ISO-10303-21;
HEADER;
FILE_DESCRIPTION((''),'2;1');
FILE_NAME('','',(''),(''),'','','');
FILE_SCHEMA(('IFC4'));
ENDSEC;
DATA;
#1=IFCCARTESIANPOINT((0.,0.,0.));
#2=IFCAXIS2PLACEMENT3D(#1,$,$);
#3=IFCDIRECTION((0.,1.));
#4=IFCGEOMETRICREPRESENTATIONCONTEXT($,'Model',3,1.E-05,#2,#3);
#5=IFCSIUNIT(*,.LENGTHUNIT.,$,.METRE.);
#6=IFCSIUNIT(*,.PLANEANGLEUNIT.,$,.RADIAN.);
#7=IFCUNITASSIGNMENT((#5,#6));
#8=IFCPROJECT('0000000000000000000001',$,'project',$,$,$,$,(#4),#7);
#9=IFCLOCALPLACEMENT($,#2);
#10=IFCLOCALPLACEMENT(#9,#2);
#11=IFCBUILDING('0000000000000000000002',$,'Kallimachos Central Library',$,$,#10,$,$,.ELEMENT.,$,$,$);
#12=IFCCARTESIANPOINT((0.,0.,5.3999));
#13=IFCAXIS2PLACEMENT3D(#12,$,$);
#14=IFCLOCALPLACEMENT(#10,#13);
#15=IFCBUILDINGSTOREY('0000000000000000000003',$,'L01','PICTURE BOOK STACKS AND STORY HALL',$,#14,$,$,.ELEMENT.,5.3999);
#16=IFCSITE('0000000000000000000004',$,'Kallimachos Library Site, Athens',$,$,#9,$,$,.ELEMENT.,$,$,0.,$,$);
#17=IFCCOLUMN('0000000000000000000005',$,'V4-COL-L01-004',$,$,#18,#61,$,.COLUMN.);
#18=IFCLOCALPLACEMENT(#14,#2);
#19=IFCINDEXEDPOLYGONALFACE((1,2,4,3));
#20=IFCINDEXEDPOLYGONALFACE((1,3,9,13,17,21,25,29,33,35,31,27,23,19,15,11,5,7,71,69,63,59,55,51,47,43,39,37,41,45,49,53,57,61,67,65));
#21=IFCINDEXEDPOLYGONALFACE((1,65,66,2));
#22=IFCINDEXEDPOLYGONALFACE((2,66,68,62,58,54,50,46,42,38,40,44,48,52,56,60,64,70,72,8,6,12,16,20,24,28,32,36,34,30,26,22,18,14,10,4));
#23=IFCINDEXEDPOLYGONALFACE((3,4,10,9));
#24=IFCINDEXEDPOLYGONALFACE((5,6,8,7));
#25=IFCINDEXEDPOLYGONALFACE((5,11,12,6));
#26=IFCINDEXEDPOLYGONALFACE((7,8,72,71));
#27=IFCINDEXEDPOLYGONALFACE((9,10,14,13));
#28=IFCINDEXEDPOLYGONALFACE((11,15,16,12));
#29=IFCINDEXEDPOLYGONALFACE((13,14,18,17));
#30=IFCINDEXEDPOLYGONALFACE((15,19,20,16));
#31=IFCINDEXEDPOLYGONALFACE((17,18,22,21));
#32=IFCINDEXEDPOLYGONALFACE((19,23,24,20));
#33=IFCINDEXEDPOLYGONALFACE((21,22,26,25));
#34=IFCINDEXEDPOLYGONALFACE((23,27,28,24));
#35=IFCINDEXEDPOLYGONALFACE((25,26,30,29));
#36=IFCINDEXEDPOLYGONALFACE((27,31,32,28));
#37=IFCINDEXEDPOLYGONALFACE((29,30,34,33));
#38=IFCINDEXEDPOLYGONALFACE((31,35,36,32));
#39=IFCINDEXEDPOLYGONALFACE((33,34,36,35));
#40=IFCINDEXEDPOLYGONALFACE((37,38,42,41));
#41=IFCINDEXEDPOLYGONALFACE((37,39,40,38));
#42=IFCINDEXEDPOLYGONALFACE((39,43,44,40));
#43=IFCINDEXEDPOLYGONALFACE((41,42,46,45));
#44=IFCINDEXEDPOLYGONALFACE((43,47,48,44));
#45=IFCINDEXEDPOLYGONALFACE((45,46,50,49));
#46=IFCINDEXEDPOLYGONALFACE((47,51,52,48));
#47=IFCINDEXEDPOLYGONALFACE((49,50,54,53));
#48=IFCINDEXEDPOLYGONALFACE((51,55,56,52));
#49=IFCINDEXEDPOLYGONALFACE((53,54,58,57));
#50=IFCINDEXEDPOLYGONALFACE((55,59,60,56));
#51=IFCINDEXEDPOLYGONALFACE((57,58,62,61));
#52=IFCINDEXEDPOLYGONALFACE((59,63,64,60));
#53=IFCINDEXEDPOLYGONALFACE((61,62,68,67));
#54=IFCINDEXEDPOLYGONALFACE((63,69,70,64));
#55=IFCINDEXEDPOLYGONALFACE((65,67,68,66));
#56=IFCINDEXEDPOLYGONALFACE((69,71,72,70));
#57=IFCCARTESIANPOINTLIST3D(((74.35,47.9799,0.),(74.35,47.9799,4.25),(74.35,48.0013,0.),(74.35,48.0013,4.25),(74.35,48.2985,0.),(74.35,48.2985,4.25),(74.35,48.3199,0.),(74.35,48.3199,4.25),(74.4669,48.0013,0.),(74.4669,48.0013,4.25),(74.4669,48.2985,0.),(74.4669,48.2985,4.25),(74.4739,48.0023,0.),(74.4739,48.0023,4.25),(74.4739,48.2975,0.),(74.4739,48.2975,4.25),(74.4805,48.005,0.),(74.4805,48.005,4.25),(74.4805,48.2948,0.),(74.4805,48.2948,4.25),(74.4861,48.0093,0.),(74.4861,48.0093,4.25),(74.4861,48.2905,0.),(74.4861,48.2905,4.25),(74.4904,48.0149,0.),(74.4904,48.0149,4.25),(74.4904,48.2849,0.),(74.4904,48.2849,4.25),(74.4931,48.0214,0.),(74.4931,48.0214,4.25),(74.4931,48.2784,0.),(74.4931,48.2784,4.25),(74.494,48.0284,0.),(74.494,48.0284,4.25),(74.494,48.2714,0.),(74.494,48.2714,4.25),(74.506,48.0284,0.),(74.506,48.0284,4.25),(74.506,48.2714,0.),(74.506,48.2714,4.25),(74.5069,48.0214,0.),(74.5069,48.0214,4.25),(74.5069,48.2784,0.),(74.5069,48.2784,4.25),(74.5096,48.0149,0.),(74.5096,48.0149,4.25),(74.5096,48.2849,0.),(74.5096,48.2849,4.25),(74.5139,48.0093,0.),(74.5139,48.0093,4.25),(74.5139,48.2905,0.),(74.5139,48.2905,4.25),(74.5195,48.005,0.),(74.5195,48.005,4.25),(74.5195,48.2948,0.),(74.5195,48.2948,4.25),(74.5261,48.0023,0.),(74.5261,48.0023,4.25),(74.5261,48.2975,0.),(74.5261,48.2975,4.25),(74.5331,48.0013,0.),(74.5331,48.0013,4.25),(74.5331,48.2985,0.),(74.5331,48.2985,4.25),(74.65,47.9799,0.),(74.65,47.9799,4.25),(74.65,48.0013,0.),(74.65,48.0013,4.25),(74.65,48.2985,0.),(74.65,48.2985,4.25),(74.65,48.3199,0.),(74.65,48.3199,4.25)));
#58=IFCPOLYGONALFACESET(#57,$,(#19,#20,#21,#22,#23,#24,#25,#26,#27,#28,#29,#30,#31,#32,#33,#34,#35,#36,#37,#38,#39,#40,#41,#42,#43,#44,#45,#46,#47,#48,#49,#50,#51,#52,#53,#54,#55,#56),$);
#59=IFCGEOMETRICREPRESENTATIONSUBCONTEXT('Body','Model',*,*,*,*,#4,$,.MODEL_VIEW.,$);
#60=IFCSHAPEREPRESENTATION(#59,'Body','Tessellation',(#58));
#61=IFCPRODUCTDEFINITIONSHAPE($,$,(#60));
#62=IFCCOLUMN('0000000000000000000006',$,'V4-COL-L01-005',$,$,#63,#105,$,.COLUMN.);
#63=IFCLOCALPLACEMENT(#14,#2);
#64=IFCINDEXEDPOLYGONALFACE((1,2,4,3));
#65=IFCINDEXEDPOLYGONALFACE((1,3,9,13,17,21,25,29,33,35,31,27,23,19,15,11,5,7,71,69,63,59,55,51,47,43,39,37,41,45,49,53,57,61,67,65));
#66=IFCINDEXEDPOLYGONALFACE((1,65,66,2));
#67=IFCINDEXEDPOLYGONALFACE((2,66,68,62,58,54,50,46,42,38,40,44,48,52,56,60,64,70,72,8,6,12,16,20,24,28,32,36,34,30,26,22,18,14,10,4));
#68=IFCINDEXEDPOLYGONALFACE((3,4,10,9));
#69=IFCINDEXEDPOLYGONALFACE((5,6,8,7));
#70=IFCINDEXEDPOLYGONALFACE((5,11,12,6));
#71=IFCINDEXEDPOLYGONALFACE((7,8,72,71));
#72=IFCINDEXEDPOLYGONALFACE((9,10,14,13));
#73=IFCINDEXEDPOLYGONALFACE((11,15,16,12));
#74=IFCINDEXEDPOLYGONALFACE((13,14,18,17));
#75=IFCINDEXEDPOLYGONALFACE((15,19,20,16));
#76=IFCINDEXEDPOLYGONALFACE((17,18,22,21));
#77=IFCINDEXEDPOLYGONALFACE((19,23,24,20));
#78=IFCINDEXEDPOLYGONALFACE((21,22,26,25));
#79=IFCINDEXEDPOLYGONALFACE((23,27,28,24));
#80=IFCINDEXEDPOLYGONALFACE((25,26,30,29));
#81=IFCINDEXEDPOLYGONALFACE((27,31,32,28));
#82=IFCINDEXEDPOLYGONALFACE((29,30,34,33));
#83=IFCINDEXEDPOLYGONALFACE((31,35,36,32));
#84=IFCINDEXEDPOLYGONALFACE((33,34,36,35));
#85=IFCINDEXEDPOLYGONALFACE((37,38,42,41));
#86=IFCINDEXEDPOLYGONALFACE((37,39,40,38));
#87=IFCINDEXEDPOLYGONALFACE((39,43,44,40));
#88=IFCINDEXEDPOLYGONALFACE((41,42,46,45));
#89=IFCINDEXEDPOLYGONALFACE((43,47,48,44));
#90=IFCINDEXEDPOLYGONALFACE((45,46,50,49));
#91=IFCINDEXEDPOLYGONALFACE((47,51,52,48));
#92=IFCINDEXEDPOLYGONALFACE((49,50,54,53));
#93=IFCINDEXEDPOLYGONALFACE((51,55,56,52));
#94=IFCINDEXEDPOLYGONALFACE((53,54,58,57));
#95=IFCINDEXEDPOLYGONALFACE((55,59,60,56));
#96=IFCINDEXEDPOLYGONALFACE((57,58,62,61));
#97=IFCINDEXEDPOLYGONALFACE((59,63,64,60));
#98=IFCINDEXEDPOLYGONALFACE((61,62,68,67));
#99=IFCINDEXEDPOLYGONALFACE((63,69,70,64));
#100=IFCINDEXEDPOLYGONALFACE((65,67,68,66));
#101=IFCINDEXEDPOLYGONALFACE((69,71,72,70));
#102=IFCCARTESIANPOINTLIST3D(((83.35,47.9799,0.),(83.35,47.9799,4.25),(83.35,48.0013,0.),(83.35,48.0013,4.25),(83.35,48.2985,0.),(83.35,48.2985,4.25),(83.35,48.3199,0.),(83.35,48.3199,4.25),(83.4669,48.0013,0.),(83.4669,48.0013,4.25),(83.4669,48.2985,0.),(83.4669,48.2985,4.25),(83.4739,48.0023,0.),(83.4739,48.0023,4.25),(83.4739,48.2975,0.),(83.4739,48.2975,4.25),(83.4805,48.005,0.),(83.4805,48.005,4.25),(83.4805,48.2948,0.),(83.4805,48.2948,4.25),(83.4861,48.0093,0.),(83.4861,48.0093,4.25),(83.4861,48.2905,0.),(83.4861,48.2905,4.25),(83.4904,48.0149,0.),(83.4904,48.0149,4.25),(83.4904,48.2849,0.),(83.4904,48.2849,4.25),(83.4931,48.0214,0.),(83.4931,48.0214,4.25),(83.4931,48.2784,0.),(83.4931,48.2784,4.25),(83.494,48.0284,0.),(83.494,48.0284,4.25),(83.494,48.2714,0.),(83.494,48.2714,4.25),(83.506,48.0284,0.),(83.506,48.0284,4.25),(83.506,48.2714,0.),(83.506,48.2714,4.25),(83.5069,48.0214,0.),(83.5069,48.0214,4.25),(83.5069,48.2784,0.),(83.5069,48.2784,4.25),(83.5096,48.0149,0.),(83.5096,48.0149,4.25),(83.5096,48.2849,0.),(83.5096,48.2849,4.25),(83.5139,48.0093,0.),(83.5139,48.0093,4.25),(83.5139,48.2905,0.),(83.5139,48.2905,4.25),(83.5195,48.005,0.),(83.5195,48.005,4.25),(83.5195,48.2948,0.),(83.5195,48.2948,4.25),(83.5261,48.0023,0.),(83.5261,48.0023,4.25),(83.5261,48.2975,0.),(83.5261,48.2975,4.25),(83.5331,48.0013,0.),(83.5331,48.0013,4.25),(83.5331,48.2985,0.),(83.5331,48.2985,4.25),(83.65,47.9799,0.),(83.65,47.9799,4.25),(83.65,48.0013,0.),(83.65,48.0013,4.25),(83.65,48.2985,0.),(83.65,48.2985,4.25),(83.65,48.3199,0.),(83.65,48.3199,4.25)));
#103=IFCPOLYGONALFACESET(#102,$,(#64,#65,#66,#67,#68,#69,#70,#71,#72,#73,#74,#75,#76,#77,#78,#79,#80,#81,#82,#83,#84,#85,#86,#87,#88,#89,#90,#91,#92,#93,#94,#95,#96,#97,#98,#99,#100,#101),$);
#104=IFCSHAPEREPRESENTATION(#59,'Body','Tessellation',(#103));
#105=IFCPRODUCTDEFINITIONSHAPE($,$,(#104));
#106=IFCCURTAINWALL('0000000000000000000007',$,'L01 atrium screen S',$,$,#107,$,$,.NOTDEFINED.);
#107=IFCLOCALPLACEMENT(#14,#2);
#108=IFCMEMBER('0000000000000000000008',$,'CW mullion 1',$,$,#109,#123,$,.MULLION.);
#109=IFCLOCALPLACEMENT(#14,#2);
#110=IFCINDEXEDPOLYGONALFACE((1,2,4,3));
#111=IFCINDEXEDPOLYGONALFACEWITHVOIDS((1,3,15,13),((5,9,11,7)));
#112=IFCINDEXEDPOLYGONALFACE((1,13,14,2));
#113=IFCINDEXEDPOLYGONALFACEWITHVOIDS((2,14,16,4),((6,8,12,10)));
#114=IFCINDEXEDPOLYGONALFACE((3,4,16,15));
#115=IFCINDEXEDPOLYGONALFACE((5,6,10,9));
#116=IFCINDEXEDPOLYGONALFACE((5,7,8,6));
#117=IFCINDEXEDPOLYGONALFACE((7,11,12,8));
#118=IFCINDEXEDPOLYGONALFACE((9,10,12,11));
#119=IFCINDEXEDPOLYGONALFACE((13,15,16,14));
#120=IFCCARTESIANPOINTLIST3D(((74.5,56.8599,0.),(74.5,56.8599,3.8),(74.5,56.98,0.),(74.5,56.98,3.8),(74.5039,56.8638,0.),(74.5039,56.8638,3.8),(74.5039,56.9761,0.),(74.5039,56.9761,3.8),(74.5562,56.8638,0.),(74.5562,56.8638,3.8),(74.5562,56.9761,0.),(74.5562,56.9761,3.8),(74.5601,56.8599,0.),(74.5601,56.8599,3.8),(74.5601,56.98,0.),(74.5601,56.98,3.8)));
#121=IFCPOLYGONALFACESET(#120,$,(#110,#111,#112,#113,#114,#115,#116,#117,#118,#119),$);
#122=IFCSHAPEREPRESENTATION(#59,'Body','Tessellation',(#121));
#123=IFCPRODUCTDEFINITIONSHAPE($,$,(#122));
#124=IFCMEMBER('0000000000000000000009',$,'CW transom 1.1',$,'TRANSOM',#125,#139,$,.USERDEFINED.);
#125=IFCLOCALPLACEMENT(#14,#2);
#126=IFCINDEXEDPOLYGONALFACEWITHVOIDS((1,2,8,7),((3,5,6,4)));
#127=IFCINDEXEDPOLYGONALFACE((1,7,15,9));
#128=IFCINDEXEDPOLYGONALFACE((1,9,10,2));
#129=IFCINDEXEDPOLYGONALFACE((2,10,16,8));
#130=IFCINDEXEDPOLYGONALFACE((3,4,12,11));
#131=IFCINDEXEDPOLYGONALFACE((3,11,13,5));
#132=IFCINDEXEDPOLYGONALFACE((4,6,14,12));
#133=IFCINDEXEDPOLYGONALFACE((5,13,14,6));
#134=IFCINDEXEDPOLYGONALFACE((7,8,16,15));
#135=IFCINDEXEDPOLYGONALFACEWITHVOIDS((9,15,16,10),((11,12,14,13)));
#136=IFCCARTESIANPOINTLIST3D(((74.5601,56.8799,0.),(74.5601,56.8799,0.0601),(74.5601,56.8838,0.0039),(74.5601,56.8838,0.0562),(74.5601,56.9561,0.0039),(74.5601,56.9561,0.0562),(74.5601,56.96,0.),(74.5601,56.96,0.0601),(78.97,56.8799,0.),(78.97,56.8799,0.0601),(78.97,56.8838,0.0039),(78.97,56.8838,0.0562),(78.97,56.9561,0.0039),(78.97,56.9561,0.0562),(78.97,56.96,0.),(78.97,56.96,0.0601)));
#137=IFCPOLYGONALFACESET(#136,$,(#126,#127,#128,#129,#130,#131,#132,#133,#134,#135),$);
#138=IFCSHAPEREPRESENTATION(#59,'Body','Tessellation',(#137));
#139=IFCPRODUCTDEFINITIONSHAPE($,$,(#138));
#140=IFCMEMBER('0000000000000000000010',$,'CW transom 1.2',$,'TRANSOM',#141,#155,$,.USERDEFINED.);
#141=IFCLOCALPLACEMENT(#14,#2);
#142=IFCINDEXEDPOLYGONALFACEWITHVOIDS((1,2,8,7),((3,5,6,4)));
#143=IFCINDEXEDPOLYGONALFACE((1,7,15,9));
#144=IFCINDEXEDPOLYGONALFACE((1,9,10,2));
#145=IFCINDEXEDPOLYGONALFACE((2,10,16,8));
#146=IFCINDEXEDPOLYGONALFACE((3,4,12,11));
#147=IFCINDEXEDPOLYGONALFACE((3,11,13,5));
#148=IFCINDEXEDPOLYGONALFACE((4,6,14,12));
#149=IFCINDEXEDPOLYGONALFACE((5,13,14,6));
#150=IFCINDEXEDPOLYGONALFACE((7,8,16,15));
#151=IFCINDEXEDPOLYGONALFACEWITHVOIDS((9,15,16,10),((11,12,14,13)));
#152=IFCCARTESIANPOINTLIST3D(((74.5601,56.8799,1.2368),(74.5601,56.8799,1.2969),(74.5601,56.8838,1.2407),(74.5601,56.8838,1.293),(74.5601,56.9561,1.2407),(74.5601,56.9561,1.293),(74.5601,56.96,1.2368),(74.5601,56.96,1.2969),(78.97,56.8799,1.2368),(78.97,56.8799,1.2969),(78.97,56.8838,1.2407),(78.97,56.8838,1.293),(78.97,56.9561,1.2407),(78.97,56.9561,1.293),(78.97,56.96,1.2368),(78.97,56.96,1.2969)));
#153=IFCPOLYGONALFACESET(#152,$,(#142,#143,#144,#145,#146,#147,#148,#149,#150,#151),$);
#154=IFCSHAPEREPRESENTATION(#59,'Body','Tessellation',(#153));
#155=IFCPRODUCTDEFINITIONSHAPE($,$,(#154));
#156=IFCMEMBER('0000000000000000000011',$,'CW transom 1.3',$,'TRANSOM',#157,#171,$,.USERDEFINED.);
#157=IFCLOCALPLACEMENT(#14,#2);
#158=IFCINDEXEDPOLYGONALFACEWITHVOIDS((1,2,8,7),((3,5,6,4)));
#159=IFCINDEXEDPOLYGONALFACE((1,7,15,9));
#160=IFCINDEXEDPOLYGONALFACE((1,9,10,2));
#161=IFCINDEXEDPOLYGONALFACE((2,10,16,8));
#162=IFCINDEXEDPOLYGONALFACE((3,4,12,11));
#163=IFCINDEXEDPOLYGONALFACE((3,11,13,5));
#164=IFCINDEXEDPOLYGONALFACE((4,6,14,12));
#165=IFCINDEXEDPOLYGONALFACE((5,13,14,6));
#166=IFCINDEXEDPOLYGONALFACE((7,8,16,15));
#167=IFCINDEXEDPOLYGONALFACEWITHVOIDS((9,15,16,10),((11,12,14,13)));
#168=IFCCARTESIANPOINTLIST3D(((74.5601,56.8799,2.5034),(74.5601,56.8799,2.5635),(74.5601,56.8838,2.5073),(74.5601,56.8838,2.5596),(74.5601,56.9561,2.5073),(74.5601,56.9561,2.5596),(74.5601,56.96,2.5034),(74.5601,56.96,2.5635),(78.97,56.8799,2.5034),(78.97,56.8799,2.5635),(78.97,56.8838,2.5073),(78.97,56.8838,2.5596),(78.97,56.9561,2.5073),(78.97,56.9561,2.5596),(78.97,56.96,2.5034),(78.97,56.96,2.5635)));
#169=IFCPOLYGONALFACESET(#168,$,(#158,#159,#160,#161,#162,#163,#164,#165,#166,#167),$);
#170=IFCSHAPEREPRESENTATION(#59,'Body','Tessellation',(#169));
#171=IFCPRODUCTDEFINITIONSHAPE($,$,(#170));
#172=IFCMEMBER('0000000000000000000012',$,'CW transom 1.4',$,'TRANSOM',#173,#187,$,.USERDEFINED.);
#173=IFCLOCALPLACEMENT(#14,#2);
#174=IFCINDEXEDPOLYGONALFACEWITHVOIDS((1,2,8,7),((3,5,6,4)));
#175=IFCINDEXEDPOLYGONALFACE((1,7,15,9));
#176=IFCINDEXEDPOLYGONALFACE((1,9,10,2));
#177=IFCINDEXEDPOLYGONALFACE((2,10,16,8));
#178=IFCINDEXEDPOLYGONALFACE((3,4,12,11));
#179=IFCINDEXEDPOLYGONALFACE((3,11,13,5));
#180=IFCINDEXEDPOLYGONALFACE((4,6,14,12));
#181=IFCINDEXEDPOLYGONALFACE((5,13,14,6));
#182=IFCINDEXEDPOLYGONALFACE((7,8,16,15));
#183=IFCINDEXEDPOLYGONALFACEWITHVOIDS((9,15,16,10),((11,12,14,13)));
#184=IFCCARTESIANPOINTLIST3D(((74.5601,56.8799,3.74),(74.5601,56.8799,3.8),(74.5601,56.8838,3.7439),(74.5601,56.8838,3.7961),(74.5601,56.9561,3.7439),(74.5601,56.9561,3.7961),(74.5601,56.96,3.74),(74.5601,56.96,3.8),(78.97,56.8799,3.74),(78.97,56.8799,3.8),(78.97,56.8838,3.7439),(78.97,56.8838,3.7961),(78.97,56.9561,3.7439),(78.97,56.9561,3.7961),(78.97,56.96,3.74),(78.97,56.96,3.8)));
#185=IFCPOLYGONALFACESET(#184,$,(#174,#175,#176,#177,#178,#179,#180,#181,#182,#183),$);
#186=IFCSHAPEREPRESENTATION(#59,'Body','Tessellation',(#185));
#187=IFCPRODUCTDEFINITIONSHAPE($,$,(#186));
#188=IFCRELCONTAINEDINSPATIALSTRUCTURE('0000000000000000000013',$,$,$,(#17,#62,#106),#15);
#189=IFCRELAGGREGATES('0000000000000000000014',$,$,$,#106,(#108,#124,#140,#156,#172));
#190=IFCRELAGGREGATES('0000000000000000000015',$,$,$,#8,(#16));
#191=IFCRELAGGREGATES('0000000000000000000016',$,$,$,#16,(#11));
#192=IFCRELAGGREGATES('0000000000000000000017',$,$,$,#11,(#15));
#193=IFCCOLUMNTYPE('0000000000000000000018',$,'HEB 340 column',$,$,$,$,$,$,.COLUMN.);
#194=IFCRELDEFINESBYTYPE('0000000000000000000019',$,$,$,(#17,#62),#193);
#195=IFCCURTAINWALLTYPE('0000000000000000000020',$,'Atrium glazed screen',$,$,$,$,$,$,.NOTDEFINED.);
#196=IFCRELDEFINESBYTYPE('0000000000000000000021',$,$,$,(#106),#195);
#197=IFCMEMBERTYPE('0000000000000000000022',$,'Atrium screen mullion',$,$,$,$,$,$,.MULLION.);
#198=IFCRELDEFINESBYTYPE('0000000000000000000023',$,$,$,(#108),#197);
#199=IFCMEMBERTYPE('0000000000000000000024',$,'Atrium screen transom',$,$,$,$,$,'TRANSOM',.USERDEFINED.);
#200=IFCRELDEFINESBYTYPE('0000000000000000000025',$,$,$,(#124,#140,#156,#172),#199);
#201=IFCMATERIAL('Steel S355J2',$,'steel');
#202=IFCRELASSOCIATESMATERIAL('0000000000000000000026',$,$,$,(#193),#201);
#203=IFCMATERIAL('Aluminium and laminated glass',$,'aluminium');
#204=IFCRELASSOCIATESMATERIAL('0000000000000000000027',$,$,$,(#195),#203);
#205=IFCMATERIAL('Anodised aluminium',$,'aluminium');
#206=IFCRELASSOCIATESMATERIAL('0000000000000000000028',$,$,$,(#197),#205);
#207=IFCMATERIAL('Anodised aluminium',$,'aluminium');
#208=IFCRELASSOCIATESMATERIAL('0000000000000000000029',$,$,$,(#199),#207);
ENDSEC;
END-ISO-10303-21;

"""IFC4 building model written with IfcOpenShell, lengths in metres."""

from ifc_helpers import new_model, si_unit, direction, frame, origin, origin_2d, place, context, subcontext, project, spatial, hollow_rectangle, i_section, extrude, material, material_profile, profile_set, type_object, element, aggregate, save


model = new_model("IFC4")

# Units and contexts
model_context = context("Model", 3, precision=1e-05, world=origin(), true_north=direction((0.0, 1.0)))
body_context = subcontext(model_context, "Body", "Model", "MODEL_VIEW")
ifc_project = project(units=[si_unit("LENGTHUNIT", "METRE"), si_unit("PLANEANGLEUNIT", "RADIAN")], contexts=[model_context])

# Site, building, storey
site_placement = place(None, origin())
site = spatial("IfcSite", under=ifc_project, at=site_placement, Name="Kallimachos Library Site, Athens", CompositionType="ELEMENT", RefElevation=0.0)
building_placement = place(site_placement, origin())
building = spatial("IfcBuilding", under=site, at=building_placement, Name="Kallimachos Central Library", CompositionType="ELEMENT")
storey_placement = place(building_placement, frame((0.0, 0.0, 5.3999)))
storey = spatial("IfcBuildingStorey", under=building, at=storey_placement, Name="L01", Description="PICTURE BOOK STACKS AND STORY HALL", CompositionType="ELEMENT", Elevation=5.3999)

# Columns
ifc_material_1 = material(Name="Steel S355J2", Category="steel")
ifc_material_profile_1 = material_profile(ifc_material_1, i_section(OverallWidth=0.3, OverallDepth=0.3401, WebThickness=0.012, FlangeThickness=0.0215, FilletRadius=0.0271, at=origin_2d()), Name="HEB 340")
ifc_profile_set_1 = profile_set([ifc_material_profile_1], Name="Steel S355J2")
column_type = type_object("IfcColumnType", Name="HEB 340 column", PredefinedType="COLUMN", material=ifc_profile_set_1)
for number, where, z_axis, x_axis, name in (
    (1, (74.5, 48.1499, 0.0), (0.0, 0.0, 1.0), (1.0, 0.0, 0.0), "V4-COL-L01-004"),
    (2, (83.5, 48.1499, 0.0), (0.0, 0.0, 1.0), (1.0, 0.0, 0.0), "V4-COL-L01-005"),
):
    element("IfcColumn", number, at=place(storey_placement, frame(where, z_axis=z_axis, x_axis=x_axis)), inside=storey, type_object=column_type, Name=name, PredefinedType="COLUMN", context=body_context, shape_type="SweptSolid", body=[
        extrude(i_section(OverallWidth=0.3, OverallDepth=0.3401, WebThickness=0.012, FlangeThickness=0.0215, FilletRadius=0.0271, at=origin_2d()), origin(), (0.0, 0.0, 1.0), 4.25),
    ])

# Curtain wall, members
ifc_material_2 = material(Name="Aluminium and laminated glass", Category="aluminium")
curtain_wall_type = type_object("IfcCurtainWallType", Name="Atrium glazed screen", PredefinedType="NOTDEFINED", material=ifc_material_2)
curtain_wall_placement = place(storey_placement, origin())
curtain_wall = element("IfcCurtainWall", 3, at=curtain_wall_placement, inside=storey, type_object=curtain_wall_type, Name="L01 atrium screen S", PredefinedType="NOTDEFINED")
ifc_material_3 = material(Name="Anodised aluminium", Category="aluminium")
ifc_material_profile_2 = material_profile(ifc_material_3, hollow_rectangle(XDim=0.0601, YDim=0.1201, WallThickness=0.0039, at=origin_2d()), Name="ALU MULLION 60x120")
ifc_profile_set_2 = profile_set([ifc_material_profile_2], Name="Anodised aluminium")
member_type_1 = type_object("IfcMemberType", Name="Atrium screen mullion", PredefinedType="MULLION", material=ifc_profile_set_2)
member_1_placement = place(storey_placement, frame((74.53, 56.9199, 0.0), z_axis=(0.0, 0.0, 1.0), x_axis=(1.0, 0.0, 0.0)))
member_1 = element("IfcMember", 4, at=member_1_placement, type_object=member_type_1, Name="CW mullion 1", PredefinedType="MULLION", context=body_context, shape_type="SweptSolid", body=[
    extrude(hollow_rectangle(XDim=0.0601, YDim=0.1201, WallThickness=0.0039, at=origin_2d()), origin(), (0.0, 0.0, 1.0), 3.8),
])
ifc_material_4 = material(Name="Anodised aluminium", Category="aluminium")
ifc_material_profile_3 = material_profile(ifc_material_4, hollow_rectangle(XDim=0.0601, YDim=0.0801, WallThickness=0.0039, at=origin_2d()), Name="ALU TRANSOM 60x80")
ifc_profile_set_3 = profile_set([ifc_material_profile_3], Name="Anodised aluminium")
member_type_2 = type_object("IfcMemberType", Name="Atrium screen transom", ElementType="TRANSOM", PredefinedType="USERDEFINED", material=ifc_profile_set_3)
member_2_placement = place(storey_placement, frame((74.5601, 56.9199, 0.03), z_axis=(1.0, 0.0, 0.0), x_axis=(0.0, 0.0, 1.0)))
member_2 = element("IfcMember", 5, at=member_2_placement, type_object=member_type_2, Name="CW transom 1.1", ObjectType="TRANSOM", PredefinedType="USERDEFINED", context=body_context, shape_type="SweptSolid", body=[
    extrude(hollow_rectangle(XDim=0.0601, YDim=0.0801, WallThickness=0.0039, at=origin_2d()), origin(), (0.0, 0.0, 1.0), 4.4099),
])
member_3_placement = place(storey_placement, frame((74.5601, 56.9199, 1.2668), z_axis=(1.0, 0.0, 0.0), x_axis=(0.0, 0.0, 1.0)))
member_3 = element("IfcMember", 6, at=member_3_placement, type_object=member_type_2, Name="CW transom 1.2", ObjectType="TRANSOM", PredefinedType="USERDEFINED", context=body_context, shape_type="SweptSolid", body=[
    extrude(hollow_rectangle(XDim=0.0601, YDim=0.0801, WallThickness=0.0039, at=origin_2d()), origin(), (0.0, 0.0, 1.0), 4.4099),
])
member_4_placement = place(storey_placement, frame((74.5601, 56.9199, 2.5334), z_axis=(1.0, 0.0, 0.0), x_axis=(0.0, 0.0, 1.0)))
member_4 = element("IfcMember", 7, at=member_4_placement, type_object=member_type_2, Name="CW transom 1.3", ObjectType="TRANSOM", PredefinedType="USERDEFINED", context=body_context, shape_type="SweptSolid", body=[
    extrude(hollow_rectangle(XDim=0.0601, YDim=0.0801, WallThickness=0.0039, at=origin_2d()), origin(), (0.0, 0.0, 1.0), 4.4099),
])
member_5_placement = place(storey_placement, frame((74.5601, 56.9199, 3.77), z_axis=(1.0, 0.0, 0.0), x_axis=(0.0, 0.0, 1.0)))
member_5 = element("IfcMember", 8, at=member_5_placement, type_object=member_type_2, Name="CW transom 1.4", ObjectType="TRANSOM", PredefinedType="USERDEFINED", context=body_context, shape_type="SweptSolid", body=[
    extrude(hollow_rectangle(XDim=0.0601, YDim=0.0801, WallThickness=0.0039, at=origin_2d()), origin(), (0.0, 0.0, 1.0), 4.4099),
])
aggregate(curtain_wall, [member_1, member_2, member_3, member_4, member_5])

save(model, "model.ifc")
